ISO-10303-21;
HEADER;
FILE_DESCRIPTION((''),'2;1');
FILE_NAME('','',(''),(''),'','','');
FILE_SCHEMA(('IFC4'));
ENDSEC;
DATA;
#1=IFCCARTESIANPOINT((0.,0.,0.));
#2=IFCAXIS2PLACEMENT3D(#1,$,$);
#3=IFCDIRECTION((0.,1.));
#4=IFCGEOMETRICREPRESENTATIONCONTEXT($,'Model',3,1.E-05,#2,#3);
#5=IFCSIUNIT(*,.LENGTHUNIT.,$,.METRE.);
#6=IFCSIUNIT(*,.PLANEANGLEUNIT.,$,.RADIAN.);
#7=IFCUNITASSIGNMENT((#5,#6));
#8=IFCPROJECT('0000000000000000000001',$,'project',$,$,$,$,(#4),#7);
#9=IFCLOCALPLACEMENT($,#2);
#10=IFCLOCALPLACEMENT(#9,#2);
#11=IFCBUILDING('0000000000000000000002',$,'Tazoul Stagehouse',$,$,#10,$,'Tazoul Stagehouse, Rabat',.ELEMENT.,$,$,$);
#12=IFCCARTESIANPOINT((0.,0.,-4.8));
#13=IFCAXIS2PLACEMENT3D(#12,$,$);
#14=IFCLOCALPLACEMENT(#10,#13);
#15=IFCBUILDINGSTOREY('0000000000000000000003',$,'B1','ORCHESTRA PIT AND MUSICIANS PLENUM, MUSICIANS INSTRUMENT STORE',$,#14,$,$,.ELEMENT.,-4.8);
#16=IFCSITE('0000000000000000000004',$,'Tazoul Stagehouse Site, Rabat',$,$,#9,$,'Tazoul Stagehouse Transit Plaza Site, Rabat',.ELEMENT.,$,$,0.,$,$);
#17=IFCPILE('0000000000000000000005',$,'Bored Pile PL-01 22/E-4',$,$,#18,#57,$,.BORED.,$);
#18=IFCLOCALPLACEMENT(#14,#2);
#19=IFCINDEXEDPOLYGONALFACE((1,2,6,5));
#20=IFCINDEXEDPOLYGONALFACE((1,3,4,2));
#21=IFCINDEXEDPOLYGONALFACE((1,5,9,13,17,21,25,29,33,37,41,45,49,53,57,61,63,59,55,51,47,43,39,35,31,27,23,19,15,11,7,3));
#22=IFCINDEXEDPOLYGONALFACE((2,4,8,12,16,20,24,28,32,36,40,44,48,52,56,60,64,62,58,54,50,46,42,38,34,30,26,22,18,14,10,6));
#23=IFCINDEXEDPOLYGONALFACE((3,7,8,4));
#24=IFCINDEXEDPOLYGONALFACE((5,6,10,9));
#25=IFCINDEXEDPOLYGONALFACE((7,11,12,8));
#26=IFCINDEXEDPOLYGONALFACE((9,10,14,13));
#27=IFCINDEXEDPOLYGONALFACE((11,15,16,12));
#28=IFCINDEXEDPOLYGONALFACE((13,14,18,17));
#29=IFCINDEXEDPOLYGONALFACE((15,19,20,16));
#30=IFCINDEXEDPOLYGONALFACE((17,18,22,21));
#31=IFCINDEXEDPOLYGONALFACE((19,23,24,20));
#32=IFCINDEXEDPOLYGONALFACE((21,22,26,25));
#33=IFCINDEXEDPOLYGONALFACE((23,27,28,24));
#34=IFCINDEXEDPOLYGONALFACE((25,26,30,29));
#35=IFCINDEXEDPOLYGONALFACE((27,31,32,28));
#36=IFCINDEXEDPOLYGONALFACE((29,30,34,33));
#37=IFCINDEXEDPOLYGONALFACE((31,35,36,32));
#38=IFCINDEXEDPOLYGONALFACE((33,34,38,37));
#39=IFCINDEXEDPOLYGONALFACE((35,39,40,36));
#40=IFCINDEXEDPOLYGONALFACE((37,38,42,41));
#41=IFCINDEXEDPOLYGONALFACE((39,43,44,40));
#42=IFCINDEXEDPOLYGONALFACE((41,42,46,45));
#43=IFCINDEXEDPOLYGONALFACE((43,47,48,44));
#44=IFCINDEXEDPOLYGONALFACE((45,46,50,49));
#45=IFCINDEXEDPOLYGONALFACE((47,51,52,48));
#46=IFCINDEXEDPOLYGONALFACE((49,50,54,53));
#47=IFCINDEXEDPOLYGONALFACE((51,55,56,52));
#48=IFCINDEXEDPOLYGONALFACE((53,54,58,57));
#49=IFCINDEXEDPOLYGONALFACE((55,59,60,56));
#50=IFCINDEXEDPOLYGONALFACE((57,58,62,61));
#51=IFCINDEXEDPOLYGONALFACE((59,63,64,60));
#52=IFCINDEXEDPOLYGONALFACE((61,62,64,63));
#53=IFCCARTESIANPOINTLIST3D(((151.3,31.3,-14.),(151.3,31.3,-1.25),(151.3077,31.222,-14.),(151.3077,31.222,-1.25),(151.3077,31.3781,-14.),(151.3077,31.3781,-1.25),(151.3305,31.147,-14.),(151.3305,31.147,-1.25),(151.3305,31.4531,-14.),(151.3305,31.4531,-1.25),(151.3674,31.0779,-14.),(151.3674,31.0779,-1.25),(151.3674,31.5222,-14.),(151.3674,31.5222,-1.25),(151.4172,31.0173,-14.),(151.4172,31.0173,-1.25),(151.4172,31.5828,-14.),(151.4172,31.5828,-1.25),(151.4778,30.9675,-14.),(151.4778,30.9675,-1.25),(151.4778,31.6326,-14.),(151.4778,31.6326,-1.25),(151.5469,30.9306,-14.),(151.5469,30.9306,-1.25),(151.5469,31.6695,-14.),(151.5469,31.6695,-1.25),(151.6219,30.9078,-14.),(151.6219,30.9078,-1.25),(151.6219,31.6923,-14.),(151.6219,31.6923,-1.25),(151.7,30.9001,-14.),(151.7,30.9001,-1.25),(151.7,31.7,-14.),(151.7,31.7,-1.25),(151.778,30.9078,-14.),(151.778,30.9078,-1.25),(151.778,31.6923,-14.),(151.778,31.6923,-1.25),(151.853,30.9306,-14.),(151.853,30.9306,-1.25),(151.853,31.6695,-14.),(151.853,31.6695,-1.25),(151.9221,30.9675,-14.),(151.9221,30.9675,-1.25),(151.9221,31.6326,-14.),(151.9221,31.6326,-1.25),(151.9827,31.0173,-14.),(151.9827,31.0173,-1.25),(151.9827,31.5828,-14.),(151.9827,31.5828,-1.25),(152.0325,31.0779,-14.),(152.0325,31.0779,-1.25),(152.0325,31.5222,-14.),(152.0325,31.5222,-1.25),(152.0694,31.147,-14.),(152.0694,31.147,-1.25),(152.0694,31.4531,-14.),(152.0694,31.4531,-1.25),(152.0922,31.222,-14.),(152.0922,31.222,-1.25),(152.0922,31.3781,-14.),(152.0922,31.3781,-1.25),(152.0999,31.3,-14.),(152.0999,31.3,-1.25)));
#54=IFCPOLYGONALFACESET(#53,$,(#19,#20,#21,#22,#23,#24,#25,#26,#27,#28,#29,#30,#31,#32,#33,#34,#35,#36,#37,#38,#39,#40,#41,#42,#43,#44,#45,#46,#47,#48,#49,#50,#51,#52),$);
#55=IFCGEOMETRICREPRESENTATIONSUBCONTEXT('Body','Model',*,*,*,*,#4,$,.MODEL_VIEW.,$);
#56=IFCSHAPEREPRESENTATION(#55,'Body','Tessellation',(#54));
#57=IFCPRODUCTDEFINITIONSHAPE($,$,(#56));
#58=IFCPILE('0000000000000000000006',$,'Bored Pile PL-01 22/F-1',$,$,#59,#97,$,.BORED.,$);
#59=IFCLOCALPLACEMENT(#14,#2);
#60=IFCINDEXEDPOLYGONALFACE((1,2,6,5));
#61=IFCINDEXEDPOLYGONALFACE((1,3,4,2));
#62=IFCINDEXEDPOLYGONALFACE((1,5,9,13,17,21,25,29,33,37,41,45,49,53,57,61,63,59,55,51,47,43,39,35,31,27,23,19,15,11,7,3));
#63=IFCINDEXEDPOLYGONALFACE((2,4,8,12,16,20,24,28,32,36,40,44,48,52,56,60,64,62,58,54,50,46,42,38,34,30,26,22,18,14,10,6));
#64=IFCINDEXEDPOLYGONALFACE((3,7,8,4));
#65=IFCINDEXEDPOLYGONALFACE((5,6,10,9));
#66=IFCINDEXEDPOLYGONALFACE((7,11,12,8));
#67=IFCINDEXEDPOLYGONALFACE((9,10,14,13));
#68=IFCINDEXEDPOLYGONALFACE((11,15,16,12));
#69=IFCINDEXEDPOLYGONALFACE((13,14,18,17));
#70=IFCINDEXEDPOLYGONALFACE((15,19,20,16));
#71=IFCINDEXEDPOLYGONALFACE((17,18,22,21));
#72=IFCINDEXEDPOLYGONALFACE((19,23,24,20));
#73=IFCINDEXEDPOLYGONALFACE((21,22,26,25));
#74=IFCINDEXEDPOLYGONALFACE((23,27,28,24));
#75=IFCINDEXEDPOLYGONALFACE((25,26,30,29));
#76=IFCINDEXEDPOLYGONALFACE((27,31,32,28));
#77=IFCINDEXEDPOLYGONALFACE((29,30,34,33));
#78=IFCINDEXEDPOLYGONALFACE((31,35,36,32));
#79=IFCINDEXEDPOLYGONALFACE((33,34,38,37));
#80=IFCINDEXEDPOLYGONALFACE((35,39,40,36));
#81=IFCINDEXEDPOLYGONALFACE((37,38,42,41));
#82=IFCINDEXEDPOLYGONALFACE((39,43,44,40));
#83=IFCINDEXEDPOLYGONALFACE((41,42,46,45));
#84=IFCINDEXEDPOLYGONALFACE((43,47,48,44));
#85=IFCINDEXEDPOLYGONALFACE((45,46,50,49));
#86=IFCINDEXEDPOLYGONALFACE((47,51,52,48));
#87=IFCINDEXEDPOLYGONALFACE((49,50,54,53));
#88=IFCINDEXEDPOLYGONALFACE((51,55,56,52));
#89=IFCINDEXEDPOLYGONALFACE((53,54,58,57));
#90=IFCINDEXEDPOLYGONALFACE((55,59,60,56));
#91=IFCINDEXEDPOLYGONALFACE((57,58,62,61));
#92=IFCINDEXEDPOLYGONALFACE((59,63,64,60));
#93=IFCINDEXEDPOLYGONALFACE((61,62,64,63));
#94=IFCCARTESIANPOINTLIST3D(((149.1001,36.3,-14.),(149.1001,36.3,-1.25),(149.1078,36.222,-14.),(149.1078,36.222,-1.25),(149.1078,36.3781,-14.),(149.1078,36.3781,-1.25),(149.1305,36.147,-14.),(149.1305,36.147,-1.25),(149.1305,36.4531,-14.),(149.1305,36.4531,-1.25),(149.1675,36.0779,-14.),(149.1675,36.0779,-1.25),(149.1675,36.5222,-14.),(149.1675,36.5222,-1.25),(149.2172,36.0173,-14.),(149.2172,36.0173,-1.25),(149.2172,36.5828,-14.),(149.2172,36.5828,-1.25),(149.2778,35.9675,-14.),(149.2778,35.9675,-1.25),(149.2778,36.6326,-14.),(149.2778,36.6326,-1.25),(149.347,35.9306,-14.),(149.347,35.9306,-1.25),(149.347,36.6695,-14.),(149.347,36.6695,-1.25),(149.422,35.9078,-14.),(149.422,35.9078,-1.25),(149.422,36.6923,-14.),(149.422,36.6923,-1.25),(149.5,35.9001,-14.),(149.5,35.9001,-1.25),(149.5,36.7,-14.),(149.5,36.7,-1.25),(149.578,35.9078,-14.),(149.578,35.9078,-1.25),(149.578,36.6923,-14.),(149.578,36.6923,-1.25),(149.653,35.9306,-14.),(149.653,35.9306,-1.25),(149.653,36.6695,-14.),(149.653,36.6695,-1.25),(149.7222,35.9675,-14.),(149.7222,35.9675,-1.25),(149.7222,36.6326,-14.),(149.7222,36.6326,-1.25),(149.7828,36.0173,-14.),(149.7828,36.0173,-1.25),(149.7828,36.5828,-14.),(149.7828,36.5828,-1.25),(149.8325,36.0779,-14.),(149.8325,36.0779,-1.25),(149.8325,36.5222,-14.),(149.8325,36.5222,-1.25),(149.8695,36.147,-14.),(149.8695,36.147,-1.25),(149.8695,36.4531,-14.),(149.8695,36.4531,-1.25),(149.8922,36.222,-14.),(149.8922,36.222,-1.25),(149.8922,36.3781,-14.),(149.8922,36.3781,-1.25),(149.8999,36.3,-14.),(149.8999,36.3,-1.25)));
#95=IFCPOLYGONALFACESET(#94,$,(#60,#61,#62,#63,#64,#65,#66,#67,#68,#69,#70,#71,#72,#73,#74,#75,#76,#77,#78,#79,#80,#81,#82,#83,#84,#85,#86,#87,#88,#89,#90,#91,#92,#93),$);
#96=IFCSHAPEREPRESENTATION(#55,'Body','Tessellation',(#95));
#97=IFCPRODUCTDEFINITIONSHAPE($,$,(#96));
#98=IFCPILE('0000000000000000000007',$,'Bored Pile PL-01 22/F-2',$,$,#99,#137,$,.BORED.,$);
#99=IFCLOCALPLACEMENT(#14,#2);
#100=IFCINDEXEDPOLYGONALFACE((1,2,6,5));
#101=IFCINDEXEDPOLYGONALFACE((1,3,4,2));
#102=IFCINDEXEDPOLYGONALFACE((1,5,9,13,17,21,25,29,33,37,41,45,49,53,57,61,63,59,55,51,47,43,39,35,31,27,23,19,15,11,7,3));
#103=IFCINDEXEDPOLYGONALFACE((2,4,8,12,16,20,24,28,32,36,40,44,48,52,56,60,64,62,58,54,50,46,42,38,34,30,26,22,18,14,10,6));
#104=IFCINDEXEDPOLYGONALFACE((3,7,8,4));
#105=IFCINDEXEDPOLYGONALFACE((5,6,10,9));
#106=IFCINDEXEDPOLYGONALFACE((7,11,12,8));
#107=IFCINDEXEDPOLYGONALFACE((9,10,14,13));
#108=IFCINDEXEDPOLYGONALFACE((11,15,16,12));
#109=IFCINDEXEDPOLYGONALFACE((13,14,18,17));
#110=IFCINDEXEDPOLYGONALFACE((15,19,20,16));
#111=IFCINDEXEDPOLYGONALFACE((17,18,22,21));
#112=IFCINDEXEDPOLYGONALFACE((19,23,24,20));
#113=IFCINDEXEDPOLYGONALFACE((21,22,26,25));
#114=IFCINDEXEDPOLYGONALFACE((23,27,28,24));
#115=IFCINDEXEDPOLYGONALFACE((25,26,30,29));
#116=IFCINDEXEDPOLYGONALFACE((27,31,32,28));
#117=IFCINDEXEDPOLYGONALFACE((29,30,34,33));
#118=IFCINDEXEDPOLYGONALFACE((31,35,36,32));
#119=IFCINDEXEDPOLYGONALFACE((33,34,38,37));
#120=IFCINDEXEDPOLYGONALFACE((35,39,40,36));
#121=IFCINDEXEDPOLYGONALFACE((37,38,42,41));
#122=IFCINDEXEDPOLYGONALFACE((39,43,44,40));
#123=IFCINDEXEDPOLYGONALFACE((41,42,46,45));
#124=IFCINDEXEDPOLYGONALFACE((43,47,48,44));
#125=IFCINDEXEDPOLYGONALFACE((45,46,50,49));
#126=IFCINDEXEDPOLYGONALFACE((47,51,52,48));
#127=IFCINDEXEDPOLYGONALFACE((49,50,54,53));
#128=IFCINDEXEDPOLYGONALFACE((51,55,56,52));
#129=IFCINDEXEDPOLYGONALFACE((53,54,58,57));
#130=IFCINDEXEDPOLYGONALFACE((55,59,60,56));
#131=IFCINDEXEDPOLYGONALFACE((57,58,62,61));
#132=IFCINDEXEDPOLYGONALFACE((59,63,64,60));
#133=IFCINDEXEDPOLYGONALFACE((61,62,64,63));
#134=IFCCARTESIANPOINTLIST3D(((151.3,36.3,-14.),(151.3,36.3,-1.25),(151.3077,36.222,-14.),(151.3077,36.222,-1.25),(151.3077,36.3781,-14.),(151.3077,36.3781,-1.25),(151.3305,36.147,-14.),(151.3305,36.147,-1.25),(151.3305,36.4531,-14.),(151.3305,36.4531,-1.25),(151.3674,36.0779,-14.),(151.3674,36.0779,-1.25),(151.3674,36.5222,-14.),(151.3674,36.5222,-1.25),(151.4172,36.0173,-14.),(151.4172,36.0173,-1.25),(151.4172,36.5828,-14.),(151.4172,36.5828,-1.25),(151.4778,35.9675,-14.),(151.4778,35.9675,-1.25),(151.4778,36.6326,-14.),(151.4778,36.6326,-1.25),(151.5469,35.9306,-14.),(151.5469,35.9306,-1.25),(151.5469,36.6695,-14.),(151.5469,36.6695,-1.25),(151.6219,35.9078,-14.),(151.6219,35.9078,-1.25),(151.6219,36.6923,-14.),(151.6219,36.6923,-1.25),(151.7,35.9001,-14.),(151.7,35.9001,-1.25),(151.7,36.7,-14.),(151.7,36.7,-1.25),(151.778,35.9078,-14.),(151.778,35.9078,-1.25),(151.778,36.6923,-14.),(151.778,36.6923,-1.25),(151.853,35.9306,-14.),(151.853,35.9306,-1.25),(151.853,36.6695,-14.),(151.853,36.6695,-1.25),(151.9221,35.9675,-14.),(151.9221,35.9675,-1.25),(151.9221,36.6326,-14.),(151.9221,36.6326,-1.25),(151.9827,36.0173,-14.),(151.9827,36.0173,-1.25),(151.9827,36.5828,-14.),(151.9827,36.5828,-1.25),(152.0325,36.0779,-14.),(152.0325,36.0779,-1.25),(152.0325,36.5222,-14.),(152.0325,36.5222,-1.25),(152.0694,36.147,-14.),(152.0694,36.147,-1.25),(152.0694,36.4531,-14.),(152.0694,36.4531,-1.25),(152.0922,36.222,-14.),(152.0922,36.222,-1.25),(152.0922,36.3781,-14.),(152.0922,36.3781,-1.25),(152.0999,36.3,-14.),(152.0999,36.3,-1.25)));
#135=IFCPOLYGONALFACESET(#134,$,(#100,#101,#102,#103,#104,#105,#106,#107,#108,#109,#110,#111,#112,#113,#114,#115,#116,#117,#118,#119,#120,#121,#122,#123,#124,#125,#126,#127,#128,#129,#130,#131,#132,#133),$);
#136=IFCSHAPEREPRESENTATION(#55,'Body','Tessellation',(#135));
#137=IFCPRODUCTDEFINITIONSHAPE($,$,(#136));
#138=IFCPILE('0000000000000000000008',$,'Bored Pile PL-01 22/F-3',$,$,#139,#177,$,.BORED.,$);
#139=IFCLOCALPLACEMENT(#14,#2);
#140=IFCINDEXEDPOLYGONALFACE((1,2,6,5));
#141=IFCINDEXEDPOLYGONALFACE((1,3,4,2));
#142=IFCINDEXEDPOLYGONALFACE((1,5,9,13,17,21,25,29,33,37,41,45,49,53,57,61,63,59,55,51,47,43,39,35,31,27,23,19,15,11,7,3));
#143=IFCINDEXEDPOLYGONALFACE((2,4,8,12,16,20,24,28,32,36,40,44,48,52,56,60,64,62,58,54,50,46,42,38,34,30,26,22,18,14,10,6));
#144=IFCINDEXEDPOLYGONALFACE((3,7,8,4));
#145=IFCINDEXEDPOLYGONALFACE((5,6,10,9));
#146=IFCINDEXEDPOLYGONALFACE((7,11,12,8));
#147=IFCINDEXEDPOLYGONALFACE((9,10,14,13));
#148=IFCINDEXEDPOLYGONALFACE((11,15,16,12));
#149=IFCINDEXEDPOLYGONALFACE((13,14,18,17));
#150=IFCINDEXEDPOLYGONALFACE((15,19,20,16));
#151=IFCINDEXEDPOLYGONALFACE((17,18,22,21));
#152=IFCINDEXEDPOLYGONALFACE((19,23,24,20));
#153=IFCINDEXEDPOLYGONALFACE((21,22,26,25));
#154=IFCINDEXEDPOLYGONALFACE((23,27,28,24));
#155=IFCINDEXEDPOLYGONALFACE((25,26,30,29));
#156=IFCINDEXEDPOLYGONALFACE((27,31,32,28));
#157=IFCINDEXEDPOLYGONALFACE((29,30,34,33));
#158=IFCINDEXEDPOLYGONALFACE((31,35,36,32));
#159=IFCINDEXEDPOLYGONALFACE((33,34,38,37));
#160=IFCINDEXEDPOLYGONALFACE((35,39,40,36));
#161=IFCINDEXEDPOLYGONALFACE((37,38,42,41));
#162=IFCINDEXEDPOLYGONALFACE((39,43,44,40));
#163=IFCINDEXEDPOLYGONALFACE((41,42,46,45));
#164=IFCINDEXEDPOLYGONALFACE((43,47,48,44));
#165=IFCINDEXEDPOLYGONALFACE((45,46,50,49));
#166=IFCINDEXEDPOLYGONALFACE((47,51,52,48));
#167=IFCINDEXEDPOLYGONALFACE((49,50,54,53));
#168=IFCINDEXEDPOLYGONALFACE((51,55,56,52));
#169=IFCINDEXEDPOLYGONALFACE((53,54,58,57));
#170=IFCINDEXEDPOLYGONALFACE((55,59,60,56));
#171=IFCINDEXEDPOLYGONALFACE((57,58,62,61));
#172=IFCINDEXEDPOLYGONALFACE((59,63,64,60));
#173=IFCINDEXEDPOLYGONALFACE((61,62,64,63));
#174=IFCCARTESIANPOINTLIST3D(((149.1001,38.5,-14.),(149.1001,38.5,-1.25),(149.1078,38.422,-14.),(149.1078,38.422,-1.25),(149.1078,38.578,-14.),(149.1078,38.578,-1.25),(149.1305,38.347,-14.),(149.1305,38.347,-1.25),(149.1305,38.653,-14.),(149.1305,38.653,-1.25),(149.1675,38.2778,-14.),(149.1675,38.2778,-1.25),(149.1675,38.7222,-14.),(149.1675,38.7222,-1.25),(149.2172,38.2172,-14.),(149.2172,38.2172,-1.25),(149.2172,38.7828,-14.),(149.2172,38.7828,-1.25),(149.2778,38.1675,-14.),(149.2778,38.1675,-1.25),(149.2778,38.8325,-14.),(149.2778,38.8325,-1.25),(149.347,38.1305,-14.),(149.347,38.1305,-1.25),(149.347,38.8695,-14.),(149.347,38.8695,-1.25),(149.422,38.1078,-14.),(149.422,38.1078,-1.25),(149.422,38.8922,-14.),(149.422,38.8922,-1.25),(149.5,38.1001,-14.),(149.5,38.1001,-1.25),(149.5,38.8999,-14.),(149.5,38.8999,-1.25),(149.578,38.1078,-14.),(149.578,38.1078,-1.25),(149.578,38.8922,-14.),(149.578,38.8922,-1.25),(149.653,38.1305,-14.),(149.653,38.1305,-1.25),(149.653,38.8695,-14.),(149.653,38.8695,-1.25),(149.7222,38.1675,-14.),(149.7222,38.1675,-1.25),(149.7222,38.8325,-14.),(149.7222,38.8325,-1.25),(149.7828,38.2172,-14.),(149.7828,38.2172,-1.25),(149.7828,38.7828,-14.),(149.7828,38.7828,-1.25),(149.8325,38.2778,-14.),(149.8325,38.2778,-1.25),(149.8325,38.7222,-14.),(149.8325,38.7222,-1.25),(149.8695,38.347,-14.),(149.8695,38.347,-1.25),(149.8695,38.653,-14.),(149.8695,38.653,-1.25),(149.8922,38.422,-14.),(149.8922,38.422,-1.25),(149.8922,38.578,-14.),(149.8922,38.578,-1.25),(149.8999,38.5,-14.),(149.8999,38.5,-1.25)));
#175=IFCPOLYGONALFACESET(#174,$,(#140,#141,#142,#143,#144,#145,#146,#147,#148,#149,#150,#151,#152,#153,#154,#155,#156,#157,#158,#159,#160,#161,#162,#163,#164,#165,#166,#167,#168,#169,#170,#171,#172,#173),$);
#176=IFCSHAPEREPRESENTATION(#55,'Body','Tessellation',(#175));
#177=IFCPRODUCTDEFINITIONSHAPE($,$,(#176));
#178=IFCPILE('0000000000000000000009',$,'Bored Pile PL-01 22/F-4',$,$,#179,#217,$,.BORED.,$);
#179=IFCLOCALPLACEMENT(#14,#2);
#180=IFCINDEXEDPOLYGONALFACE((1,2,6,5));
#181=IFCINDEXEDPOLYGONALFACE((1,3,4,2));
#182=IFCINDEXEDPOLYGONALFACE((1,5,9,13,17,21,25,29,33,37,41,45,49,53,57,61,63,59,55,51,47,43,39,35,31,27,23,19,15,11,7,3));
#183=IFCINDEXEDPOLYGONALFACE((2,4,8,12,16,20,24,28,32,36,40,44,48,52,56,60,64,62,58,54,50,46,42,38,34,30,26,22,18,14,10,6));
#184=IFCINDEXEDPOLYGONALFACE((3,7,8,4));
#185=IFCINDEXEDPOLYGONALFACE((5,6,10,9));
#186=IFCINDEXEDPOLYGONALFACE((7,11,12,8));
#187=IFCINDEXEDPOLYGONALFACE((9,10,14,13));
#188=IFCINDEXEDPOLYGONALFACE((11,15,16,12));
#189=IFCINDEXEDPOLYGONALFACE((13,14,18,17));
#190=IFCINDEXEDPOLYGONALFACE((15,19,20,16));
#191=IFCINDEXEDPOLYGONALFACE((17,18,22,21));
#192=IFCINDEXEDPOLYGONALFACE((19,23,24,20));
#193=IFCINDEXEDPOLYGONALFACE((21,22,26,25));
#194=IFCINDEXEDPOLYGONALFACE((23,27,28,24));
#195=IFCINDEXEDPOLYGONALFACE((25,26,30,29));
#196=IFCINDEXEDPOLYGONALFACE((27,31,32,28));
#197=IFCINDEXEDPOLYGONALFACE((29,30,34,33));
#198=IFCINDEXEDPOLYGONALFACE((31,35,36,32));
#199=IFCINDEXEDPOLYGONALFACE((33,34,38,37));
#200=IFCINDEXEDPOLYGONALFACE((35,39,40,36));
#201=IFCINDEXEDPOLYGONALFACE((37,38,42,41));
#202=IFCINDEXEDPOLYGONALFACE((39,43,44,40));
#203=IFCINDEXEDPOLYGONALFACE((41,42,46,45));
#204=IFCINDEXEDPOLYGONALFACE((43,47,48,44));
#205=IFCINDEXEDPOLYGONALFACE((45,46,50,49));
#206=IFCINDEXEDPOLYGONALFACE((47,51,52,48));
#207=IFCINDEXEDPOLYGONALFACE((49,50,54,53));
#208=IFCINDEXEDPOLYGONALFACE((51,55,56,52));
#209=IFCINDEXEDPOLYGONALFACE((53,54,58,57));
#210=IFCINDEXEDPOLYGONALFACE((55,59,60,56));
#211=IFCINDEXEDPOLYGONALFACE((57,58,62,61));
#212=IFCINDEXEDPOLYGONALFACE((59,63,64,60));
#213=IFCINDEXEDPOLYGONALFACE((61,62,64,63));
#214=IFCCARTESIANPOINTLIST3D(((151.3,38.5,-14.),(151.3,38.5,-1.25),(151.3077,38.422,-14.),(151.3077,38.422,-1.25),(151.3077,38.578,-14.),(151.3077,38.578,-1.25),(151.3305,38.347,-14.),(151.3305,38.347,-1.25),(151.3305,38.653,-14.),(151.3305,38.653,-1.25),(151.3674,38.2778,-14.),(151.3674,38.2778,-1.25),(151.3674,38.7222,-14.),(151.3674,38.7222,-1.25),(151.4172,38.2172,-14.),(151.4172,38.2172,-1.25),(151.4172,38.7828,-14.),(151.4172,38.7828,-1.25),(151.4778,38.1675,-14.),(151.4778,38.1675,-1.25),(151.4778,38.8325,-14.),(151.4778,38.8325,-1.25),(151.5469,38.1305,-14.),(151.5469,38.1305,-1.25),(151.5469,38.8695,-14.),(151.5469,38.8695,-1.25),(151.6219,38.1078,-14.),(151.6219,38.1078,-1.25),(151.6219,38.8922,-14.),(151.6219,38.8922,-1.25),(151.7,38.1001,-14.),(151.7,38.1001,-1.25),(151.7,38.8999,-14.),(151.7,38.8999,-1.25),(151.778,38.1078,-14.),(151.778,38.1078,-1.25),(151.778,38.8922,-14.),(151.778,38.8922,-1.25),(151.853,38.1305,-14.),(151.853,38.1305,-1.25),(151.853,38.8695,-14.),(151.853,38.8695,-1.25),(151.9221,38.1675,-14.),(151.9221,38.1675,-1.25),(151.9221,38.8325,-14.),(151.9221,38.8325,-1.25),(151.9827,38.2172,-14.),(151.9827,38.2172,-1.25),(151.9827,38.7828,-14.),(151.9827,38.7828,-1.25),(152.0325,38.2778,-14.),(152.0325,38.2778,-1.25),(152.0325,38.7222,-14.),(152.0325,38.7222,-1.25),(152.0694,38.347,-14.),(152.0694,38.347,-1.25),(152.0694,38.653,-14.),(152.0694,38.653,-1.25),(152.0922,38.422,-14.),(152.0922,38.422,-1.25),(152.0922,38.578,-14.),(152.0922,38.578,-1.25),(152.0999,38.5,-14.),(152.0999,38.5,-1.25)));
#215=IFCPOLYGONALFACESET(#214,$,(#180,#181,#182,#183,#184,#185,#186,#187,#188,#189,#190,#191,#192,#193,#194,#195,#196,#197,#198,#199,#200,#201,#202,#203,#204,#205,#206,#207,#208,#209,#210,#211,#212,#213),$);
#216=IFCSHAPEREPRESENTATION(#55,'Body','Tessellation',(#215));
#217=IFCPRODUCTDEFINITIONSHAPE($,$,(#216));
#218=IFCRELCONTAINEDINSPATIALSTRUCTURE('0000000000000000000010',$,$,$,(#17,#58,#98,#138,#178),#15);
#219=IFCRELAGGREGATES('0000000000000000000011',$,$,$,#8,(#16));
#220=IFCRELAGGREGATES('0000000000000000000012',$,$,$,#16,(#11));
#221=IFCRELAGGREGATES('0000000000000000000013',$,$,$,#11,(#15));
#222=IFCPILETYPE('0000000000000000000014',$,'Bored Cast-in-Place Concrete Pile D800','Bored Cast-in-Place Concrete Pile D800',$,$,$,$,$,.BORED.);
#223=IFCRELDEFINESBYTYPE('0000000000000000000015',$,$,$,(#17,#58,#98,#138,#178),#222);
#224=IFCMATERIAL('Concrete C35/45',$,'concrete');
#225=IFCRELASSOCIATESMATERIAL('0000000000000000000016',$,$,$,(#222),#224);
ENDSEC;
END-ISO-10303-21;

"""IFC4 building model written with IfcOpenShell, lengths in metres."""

from ifc_helpers import new_model, si_unit, direction, frame, origin, origin_2d, place, context, subcontext, project, spatial, circle, extrude, material, material_profile, profile_set, type_object, element, save


model = new_model("IFC4")

# Units and contexts
model_context = context("Model", 3, precision=1e-05, world=origin(), true_north=direction((0.0, 1.0)))
body_context = subcontext(model_context, "Body", "Model", "MODEL_VIEW")
ifc_project = project(units=[si_unit("LENGTHUNIT", "METRE"), si_unit("PLANEANGLEUNIT", "RADIAN")], contexts=[model_context])

# Site, building, storey
site_placement = place(None, origin())
site = spatial("IfcSite", under=ifc_project, at=site_placement, Name="Tazoul Stagehouse Site, Rabat", LongName="Tazoul Stagehouse Transit Plaza Site, Rabat", CompositionType="ELEMENT", RefElevation=0.0)
building_placement = place(site_placement, origin())
building = spatial("IfcBuilding", under=site, at=building_placement, Name="Tazoul Stagehouse", LongName="Tazoul Stagehouse, Rabat", CompositionType="ELEMENT")
storey_placement = place(building_placement, frame((0.0, 0.0, -4.8)))
storey = spatial("IfcBuildingStorey", under=building, at=storey_placement, Name="B1", Description="ORCHESTRA PIT AND MUSICIANS PLENUM, MUSICIANS INSTRUMENT STORE", CompositionType="ELEMENT", Elevation=-4.8)

# Piles
ifc_material_1 = material(Name="Concrete C35/45", Category="concrete")
ifc_material_profile_1 = material_profile(ifc_material_1, circle(Radius=0.3999, at=origin_2d()), Name="BORED PILE 800")
ifc_profile_set_1 = profile_set([ifc_material_profile_1], Name="Concrete C35/45")
pile_type = type_object("IfcPileType", Name="Bored Cast-in-Place Concrete Pile D800", Description="Bored Cast-in-Place Concrete Pile D800", PredefinedType="BORED", material=ifc_profile_set_1)
for number, where, z_axis, x_axis, name in (
    (1, (151.7, 31.3, -1.25), (0.0, 0.0, -1.0), (1.0, 0.0, 0.0), "Bored Pile PL-01 22/E-4"),
    (2, (149.5, 36.3, -1.25), (0.0, 0.0, -1.0), (1.0, 0.0, 0.0), "Bored Pile PL-01 22/F-1"),
    (3, (151.7, 36.3, -1.25), (0.0, 0.0, -1.0), (1.0, 0.0, 0.0), "Bored Pile PL-01 22/F-2"),
    (4, (149.5, 38.5, -1.25), (0.0, 0.0, -1.0), (1.0, 0.0, 0.0), "Bored Pile PL-01 22/F-3"),
    (5, (151.7, 38.5, -1.25), (0.0, 0.0, -1.0), (1.0, 0.0, 0.0), "Bored Pile PL-01 22/F-4"),
):
    element("IfcPile", number, at=place(storey_placement, frame(where, z_axis=z_axis, x_axis=x_axis)), inside=storey, type_object=pile_type, Name=name, PredefinedType="BORED", context=body_context, shape_type="SweptSolid", body=[
        extrude(circle(Radius=0.3999, at=origin_2d()), origin(), (0.0, 0.0, 1.0), 12.75),
    ])

save(model, "model.ifc")
